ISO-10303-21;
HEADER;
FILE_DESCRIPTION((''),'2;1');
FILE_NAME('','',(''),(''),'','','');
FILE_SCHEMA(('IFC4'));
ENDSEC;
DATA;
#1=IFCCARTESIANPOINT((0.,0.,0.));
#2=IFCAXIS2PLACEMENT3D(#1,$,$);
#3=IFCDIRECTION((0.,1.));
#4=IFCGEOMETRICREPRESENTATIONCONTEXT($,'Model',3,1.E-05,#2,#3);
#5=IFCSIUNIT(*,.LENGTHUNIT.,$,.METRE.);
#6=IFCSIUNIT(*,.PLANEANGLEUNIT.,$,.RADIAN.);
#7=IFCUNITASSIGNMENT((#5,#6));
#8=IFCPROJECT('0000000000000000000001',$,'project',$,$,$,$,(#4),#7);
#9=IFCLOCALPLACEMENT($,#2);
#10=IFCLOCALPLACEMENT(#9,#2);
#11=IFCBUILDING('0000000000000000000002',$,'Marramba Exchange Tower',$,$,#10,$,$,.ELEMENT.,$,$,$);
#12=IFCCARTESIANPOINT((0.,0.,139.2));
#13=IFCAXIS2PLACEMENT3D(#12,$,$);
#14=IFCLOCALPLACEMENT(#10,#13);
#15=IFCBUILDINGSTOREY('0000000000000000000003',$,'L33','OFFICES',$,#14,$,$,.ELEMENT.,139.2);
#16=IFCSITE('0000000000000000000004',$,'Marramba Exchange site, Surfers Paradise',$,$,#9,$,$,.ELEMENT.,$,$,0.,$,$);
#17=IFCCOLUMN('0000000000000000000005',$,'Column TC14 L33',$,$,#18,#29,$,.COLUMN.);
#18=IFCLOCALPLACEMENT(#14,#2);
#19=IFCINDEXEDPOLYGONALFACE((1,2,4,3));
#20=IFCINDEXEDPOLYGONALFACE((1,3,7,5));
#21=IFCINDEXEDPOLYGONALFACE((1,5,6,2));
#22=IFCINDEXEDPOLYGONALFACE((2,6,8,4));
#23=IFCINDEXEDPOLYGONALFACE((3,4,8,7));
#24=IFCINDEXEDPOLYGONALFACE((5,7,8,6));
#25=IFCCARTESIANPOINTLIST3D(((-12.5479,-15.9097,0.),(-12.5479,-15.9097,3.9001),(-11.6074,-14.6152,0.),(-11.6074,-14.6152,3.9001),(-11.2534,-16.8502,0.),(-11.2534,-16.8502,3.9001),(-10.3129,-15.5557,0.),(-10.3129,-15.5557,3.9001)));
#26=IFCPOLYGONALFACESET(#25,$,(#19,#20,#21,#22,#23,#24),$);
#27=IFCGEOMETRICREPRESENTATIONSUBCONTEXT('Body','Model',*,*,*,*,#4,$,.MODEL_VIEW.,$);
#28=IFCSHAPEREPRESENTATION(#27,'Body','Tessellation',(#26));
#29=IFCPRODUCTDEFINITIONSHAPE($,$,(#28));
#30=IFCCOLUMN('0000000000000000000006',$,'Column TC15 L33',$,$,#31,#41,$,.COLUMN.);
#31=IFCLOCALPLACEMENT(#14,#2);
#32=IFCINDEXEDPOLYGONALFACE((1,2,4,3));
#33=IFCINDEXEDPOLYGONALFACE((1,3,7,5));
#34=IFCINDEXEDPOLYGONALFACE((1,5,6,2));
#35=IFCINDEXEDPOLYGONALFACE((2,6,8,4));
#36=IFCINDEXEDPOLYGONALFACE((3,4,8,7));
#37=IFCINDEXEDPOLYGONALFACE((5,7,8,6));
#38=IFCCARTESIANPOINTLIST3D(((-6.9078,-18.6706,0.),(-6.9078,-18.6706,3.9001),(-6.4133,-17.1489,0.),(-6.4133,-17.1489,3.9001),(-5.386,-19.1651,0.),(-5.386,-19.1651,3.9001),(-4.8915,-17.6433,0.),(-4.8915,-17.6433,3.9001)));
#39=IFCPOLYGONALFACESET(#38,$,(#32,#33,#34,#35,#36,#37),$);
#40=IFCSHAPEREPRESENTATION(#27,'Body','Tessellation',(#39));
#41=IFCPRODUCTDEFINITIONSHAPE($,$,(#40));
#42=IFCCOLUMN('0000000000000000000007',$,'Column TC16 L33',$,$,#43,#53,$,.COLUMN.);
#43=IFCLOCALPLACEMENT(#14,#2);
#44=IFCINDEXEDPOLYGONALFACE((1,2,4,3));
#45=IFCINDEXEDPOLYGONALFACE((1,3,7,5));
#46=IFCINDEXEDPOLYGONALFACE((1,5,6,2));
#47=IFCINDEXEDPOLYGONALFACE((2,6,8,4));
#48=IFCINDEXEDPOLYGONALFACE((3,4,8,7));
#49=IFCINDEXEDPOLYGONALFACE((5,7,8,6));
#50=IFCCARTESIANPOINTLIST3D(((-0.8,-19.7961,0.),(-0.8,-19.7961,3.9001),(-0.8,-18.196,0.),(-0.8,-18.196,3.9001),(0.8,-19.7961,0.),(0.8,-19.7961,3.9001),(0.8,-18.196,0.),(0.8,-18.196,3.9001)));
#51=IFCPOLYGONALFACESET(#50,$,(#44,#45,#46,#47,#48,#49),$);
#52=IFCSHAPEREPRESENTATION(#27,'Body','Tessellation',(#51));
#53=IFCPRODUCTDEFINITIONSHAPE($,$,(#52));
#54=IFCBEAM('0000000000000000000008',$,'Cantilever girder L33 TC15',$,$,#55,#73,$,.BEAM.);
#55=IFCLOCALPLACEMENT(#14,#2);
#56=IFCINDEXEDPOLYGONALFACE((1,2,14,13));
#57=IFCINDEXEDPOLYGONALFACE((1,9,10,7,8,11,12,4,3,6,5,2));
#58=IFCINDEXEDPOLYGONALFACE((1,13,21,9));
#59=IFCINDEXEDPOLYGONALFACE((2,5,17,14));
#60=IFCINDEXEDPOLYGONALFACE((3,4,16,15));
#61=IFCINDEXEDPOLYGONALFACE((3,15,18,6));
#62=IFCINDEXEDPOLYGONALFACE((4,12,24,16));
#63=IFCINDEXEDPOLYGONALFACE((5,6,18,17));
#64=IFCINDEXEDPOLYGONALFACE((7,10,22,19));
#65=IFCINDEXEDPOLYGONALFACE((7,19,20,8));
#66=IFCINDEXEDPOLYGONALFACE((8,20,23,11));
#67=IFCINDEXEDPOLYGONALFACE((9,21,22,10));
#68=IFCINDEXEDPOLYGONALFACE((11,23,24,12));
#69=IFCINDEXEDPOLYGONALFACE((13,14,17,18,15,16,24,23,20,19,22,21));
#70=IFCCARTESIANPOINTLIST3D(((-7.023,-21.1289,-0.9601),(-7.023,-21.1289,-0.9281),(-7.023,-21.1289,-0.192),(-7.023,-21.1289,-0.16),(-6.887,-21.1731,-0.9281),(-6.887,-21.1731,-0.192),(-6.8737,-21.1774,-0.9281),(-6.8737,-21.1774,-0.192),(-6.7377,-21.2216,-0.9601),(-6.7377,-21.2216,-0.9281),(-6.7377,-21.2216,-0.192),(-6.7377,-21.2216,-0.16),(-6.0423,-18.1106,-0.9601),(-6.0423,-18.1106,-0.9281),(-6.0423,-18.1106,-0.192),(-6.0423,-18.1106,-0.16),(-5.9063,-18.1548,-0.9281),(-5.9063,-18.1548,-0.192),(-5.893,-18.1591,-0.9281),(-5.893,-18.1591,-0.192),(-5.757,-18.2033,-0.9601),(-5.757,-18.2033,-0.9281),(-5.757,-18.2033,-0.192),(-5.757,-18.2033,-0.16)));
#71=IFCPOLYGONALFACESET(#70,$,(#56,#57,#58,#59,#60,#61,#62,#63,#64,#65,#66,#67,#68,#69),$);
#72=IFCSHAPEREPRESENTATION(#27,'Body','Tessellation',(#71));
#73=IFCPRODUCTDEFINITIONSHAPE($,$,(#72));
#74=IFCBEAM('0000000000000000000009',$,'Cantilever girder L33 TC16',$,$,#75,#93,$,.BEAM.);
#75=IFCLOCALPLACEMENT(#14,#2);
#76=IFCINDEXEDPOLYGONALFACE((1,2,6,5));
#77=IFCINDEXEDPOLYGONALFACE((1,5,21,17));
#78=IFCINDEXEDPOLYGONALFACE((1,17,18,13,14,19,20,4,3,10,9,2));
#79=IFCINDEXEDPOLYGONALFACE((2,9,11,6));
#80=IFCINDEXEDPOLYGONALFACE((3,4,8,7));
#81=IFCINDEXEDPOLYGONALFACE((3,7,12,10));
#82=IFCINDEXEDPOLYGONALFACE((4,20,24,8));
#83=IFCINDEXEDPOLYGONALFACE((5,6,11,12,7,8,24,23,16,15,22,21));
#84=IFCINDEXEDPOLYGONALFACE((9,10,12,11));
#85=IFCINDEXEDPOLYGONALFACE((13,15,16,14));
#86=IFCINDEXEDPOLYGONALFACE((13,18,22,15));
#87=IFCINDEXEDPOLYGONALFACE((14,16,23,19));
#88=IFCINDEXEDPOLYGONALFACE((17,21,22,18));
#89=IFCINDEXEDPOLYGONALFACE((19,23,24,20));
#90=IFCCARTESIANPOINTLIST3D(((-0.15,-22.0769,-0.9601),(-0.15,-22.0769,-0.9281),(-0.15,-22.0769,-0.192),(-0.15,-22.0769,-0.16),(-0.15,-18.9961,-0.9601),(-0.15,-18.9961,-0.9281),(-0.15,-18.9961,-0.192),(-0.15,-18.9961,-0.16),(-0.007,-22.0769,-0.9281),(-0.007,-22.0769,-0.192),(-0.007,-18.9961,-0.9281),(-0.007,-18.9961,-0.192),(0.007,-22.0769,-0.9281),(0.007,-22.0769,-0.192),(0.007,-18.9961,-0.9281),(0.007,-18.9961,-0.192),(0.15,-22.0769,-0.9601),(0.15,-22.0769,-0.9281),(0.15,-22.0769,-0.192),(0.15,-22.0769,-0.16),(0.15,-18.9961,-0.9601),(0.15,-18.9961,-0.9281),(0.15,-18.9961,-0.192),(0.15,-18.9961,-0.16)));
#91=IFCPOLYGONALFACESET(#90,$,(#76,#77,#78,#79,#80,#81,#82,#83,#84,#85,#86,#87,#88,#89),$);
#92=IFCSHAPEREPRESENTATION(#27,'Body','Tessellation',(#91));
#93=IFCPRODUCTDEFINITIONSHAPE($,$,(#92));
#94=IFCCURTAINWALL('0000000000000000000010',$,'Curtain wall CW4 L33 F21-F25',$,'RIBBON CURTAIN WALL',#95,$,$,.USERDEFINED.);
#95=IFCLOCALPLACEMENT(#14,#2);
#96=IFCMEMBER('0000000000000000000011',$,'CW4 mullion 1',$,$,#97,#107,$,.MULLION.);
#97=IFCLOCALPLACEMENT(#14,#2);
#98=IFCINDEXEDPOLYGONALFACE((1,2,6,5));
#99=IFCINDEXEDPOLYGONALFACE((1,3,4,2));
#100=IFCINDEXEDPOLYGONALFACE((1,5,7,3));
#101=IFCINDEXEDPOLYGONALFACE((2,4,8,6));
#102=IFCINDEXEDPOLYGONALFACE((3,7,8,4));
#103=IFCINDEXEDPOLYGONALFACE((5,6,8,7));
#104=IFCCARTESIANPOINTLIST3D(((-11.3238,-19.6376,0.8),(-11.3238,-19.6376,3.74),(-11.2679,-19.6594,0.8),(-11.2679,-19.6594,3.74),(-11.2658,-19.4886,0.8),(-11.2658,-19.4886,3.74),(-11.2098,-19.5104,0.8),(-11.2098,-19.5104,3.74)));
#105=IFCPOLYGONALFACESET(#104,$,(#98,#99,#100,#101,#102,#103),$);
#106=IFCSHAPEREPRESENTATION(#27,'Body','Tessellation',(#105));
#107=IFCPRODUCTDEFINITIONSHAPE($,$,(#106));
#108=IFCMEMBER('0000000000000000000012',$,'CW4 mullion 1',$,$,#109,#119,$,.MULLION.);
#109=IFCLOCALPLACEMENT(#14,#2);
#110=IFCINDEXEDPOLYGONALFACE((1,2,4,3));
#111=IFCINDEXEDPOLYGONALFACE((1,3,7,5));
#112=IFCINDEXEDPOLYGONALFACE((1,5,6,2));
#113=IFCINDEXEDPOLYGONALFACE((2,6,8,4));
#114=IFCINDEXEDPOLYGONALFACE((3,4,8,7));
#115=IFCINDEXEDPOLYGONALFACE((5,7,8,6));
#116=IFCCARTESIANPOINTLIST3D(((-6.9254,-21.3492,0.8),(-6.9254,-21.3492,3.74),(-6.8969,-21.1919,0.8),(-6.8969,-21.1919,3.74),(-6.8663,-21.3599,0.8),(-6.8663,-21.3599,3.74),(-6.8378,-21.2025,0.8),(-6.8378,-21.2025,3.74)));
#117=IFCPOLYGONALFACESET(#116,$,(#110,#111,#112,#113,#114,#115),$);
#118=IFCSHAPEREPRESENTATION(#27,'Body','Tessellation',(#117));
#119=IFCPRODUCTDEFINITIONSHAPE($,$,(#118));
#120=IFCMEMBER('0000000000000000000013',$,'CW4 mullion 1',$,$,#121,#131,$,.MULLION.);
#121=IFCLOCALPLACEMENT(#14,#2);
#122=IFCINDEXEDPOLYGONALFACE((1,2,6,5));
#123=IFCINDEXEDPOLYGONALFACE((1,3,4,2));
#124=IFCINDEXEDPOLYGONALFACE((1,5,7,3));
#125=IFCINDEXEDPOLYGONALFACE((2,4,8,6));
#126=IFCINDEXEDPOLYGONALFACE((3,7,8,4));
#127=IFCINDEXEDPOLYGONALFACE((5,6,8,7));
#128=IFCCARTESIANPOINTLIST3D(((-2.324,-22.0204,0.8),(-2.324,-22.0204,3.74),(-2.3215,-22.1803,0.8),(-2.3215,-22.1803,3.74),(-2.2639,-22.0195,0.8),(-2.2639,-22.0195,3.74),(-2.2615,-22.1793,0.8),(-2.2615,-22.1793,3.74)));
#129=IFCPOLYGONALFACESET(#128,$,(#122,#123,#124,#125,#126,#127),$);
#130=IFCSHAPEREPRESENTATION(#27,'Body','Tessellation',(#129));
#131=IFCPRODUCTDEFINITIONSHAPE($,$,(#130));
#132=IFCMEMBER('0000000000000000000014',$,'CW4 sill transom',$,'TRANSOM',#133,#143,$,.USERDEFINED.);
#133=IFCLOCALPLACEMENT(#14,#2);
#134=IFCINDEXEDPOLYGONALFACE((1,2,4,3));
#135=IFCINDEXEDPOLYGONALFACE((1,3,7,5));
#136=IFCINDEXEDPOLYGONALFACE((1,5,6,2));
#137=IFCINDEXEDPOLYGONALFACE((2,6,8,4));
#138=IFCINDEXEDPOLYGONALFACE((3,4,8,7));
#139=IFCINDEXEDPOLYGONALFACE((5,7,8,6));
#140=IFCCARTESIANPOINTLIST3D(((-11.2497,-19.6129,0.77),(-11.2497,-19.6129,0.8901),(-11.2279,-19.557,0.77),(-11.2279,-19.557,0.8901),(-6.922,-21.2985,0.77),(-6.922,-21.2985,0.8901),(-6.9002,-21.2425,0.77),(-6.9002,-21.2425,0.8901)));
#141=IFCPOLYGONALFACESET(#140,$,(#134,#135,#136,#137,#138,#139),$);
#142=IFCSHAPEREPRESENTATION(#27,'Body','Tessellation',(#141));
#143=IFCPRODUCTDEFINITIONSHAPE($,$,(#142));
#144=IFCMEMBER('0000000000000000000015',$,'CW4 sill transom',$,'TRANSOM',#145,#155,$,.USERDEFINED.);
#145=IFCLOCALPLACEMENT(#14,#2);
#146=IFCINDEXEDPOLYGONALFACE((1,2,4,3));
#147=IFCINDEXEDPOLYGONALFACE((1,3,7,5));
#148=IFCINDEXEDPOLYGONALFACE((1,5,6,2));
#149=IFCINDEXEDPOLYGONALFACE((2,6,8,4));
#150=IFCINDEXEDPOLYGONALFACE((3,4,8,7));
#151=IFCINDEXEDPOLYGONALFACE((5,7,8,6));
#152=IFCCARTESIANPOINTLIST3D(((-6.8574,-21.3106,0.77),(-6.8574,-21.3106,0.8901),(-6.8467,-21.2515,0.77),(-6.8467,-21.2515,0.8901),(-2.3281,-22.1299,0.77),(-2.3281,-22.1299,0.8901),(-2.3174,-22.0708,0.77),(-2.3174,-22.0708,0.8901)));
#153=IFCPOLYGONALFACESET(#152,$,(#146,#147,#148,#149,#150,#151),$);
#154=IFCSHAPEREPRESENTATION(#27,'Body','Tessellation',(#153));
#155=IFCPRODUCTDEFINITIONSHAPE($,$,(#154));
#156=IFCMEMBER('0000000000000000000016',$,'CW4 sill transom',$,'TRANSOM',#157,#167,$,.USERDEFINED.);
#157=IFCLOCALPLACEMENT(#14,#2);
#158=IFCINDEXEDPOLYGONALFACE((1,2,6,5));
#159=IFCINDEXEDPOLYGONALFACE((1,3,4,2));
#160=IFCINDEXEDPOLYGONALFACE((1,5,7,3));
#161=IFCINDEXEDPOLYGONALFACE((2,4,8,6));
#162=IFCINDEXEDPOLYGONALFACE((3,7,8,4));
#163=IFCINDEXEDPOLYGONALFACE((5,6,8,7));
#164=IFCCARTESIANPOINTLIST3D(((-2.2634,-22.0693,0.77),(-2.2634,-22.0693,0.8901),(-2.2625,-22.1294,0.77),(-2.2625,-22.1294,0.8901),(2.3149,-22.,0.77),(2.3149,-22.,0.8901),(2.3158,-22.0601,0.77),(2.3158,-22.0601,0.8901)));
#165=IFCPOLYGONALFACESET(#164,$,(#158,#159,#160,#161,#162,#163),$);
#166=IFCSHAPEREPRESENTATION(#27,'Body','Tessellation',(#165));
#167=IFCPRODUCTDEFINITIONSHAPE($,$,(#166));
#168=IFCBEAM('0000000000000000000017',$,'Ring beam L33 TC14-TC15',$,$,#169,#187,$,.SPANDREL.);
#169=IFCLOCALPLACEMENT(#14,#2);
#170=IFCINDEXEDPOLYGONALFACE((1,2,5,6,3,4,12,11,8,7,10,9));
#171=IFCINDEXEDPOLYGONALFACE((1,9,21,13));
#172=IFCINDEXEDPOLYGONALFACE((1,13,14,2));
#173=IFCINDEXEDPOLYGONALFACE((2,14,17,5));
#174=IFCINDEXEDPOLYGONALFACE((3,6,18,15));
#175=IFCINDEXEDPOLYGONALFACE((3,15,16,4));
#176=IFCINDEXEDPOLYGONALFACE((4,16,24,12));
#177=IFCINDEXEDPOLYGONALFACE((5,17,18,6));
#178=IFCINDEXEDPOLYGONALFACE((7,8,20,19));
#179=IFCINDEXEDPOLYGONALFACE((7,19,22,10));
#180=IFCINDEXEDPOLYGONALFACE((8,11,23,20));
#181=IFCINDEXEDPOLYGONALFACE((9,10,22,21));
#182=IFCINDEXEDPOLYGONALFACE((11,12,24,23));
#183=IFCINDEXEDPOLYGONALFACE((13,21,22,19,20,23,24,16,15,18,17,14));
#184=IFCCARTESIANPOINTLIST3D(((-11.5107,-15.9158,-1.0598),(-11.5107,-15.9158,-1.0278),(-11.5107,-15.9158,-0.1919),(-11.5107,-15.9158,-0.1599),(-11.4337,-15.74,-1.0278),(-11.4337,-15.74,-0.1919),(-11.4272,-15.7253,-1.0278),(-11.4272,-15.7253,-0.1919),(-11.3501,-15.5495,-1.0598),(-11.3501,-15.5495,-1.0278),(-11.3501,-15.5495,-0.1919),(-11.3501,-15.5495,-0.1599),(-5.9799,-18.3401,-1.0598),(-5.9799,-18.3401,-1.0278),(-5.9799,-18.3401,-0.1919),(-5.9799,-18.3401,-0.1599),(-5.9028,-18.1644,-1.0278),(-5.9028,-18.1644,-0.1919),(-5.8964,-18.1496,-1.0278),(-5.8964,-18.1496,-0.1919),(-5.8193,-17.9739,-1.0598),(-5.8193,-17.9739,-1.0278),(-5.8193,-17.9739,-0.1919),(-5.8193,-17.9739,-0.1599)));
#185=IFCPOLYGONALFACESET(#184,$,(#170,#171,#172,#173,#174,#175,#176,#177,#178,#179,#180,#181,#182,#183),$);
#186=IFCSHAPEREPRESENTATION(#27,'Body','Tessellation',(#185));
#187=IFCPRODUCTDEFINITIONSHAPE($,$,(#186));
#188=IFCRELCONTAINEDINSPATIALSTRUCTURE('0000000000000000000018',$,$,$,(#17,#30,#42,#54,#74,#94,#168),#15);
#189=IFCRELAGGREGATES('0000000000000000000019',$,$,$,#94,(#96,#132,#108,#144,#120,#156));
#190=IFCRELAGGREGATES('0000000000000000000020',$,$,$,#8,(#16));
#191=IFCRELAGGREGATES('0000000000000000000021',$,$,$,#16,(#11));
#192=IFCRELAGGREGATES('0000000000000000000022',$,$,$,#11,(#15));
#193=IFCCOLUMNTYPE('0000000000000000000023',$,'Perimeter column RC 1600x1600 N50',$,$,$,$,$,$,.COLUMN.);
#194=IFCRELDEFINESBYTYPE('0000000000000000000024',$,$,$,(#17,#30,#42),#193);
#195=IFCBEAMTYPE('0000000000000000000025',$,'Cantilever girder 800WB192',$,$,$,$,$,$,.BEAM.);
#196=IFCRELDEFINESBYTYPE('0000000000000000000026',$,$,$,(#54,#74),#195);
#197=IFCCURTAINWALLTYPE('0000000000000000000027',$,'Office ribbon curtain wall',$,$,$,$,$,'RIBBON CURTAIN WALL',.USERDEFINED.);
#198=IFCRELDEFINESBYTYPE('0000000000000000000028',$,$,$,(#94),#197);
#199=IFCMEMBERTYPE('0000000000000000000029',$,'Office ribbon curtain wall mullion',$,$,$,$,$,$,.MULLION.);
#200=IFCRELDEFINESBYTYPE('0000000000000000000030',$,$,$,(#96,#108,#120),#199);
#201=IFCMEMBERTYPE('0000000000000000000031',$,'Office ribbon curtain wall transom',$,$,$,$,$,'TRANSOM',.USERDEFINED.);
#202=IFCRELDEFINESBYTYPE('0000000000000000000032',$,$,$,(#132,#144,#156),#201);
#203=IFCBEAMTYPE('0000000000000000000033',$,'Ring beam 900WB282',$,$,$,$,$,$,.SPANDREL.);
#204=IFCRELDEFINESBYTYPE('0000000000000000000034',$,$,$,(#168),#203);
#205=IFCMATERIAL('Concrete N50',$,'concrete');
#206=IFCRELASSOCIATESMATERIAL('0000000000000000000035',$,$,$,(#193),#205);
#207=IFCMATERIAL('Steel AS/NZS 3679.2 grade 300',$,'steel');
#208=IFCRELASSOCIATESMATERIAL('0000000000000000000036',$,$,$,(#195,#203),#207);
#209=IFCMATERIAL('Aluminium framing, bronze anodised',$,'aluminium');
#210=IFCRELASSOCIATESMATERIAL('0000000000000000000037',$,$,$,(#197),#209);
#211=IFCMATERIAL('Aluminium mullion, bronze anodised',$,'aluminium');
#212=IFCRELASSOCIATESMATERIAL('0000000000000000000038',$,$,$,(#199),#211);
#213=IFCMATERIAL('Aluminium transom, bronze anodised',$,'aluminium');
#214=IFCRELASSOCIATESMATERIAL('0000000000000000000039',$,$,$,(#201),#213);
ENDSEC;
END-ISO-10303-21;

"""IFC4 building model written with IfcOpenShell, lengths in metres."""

from ifc_helpers import new_model, si_unit, direction, frame, origin, origin_2d, place, context, subcontext, project, spatial, rectangle, i_section, extrude, material, material_profile, profile_set, type_object, element, aggregate, save


model = new_model("IFC4")

# Units and contexts
model_context = context("Model", 3, precision=1e-05, world=origin(), true_north=direction((0.0, 1.0)))
body_context = subcontext(model_context, "Body", "Model", "MODEL_VIEW")
ifc_project = project(units=[si_unit("LENGTHUNIT", "METRE"), si_unit("PLANEANGLEUNIT", "RADIAN")], contexts=[model_context])

# Site, building, storey
site_placement = place(None, origin())
site = spatial("IfcSite", under=ifc_project, at=site_placement, Name="Marramba Exchange site, Surfers Paradise", CompositionType="ELEMENT", RefElevation=0.0)
building_placement = place(site_placement, origin())
building = spatial("IfcBuilding", under=site, at=building_placement, Name="Marramba Exchange Tower", CompositionType="ELEMENT")
storey_placement = place(building_placement, frame((0.0, 0.0, 139.2)))
storey = spatial("IfcBuildingStorey", under=building, at=storey_placement, Name="L33", Description="OFFICES", CompositionType="ELEMENT", Elevation=139.2)

# Columns
ifc_material_1 = material(Name="Concrete N50", Category="concrete")
ifc_material_profile_1 = material_profile(ifc_material_1, rectangle(XDim=1.6001, YDim=1.6001, at=origin_2d()), Name="RC 1600x1600")
ifc_profile_set_1 = profile_set([ifc_material_profile_1], Name="Concrete N50")
column_type = type_object("IfcColumnType", Name="Perimeter column RC 1600x1600 N50", PredefinedType="COLUMN", material=ifc_profile_set_1)
for number, where, z_axis, x_axis, name in (
    (1, (-11.4304, -15.7327, 0.0), (0.0, 0.0, 1.0), (-0.587785, -0.809017, 0.0), "Column TC14 L33"),
    (2, (-5.8997, -18.157, 0.0), (0.0, 0.0, 1.0), (-0.309017, -0.951057, 0.0), "Column TC15 L33"),
    (3, (0.0, -18.9961, 0.0), (0.0, 0.0, 1.0), (0.0, -1.0, 0.0), "Column TC16 L33"),
):
    element("IfcColumn", number, at=place(storey_placement, frame(where, z_axis=z_axis, x_axis=x_axis)), inside=storey, type_object=column_type, Name=name, PredefinedType="COLUMN", context=body_context, shape_type="SweptSolid", body=[
        extrude(rectangle(XDim=1.6001, YDim=1.6001, at=origin_2d()), origin(), (0.0, 0.0, 1.0), 3.9001),
    ])

# Beams
ifc_material_2 = material(Name="Steel AS/NZS 3679.2 grade 300", Category="steel")
ifc_material_profile_2 = material_profile(ifc_material_2, i_section(OverallWidth=0.3, OverallDepth=0.8, WebThickness=0.0139, FlangeThickness=0.032, at=origin_2d()), Name="800WB192")
ifc_profile_set_2 = profile_set([ifc_material_profile_2], Name="Steel AS/NZS 3679.2 grade 300")
beam_type_1 = type_object("IfcBeamType", Name="Cantilever girder 800WB192", PredefinedType="BEAM", material=ifc_profile_set_2)
beam_1_placement = place(storey_placement, frame((-5.8997, -18.157, -0.5601), z_axis=(-0.309018, -0.951056, 0.0), x_axis=(0.951056, -0.309018, 0.0)))
element("IfcBeam", 4, at=beam_1_placement, inside=storey, type_object=beam_type_1, Name="Cantilever girder L33 TC15", PredefinedType="BEAM", context=body_context, shape_type="SweptSolid", body=[
    extrude(i_section(OverallWidth=0.3, OverallDepth=0.8, WebThickness=0.0139, FlangeThickness=0.032, at=origin_2d()), origin(), (0.0, 0.0, 1.0), 3.1736),
])
beam_2_placement = place(storey_placement, frame((0.0, -18.9961, -0.5601), z_axis=(0.0, -1.0, 0.0), x_axis=(1.0, 0.0, 0.0)))
element("IfcBeam", 5, at=beam_2_placement, inside=storey, type_object=beam_type_1, Name="Cantilever girder L33 TC16", PredefinedType="BEAM", context=body_context, shape_type="SweptSolid", body=[
    extrude(i_section(OverallWidth=0.3, OverallDepth=0.8, WebThickness=0.0139, FlangeThickness=0.032, at=origin_2d()), origin(), (0.0, 0.0, 1.0), 3.0808),
])

# Curtain wall, members
ifc_material_3 = material(Name="Aluminium framing, bronze anodised", Category="aluminium")
curtain_wall_type = type_object("IfcCurtainWallType", Name="Office ribbon curtain wall", ElementType="RIBBON CURTAIN WALL", PredefinedType="USERDEFINED", material=ifc_material_3)
curtain_wall_placement = place(storey_placement, origin())
curtain_wall = element("IfcCurtainWall", 6, at=curtain_wall_placement, inside=storey, type_object=curtain_wall_type, Name="Curtain wall CW4 L33 F21-F25", ObjectType="RIBBON CURTAIN WALL", PredefinedType="USERDEFINED")
ifc_material_4 = material(Name="Aluminium mullion, bronze anodised", Category="aluminium")
ifc_material_profile_3 = material_profile(ifc_material_4, rectangle(XDim=0.1599, YDim=0.0601, at=origin_2d()), Name="CW4 mullion 60x160")
ifc_profile_set_3 = profile_set([ifc_material_profile_3], Name="Aluminium mullion, bronze anodised")
member_type_1 = type_object("IfcMemberType", Name="Office ribbon curtain wall mullion", PredefinedType="MULLION", material=ifc_profile_set_3)
member_1_placement = place(storey_placement, frame((-11.2668, -19.574, 0.8), z_axis=(0.0, 0.0, 1.0), x_axis=(0.362925, 0.931818, 0.0)))
member_1 = element("IfcMember", 7, at=member_1_placement, type_object=member_type_1, Name="CW4 mullion 1", PredefinedType="MULLION", context=body_context, shape_type="SweptSolid", body=[
    extrude(rectangle(XDim=0.1599, YDim=0.0601, at=origin_2d()), origin(), (0.0, 0.0, 1.0), 2.9399),
])
member_2_placement = place(storey_placement, frame((-6.8816, -21.2759, 0.8), z_axis=(0.0, 0.0, 1.0), x_axis=(0.177992, 0.984032, 0.0)))
member_2 = element("IfcMember", 8, at=member_2_placement, type_object=member_type_1, Name="CW4 mullion 1", PredefinedType="MULLION", context=body_context, shape_type="SweptSolid", body=[
    extrude(rectangle(XDim=0.1599, YDim=0.0601, at=origin_2d()), origin(), (0.0, 0.0, 1.0), 2.9399),
])
member_3_placement = place(storey_placement, frame((-2.2927, -22.0999, 0.8), z_axis=(0.0, 0.0, 1.0), x_axis=(-0.015179, 0.999885, 0.0)))
member_3 = element("IfcMember", 9, at=member_3_placement, type_object=member_type_1, Name="CW4 mullion 1", PredefinedType="MULLION", context=body_context, shape_type="SweptSolid", body=[
    extrude(rectangle(XDim=0.1599, YDim=0.0601, at=origin_2d()), origin(), (0.0, 0.0, 1.0), 2.9399),
])
ifc_material_5 = material(Name="Aluminium transom, bronze anodised", Category="aluminium")
ifc_material_profile_4 = material_profile(ifc_material_5, rectangle(XDim=0.0601, YDim=0.1201, at=origin_2d()), Name="CW4 transom 60x120")
ifc_profile_set_4 = profile_set([ifc_material_profile_4], Name="Aluminium transom, bronze anodised")
member_type_2 = type_object("IfcMemberType", Name="Office ribbon curtain wall transom", ElementType="TRANSOM", PredefinedType="USERDEFINED", material=ifc_profile_set_4)
member_4_placement = place(storey_placement, frame((-11.2388, -19.585, 0.8301), z_axis=(0.931817, -0.362928, 0.0), x_axis=(0.362928, 0.931817, 0.0)))
member_4 = element("IfcMember", 10, at=member_4_placement, type_object=member_type_2, Name="CW4 sill transom", ObjectType="TRANSOM", PredefinedType="USERDEFINED", context=body_context, shape_type="SweptSolid", body=[
    extrude(rectangle(XDim=0.0601, YDim=0.1201, at=origin_2d()), origin(), (0.0, 0.0, 1.0), 4.6443),
])
member_5_placement = place(storey_placement, frame((-6.8521, -21.281, 0.8301), z_axis=(0.984029, -0.178008, 0.0), x_axis=(0.178008, 0.984029, 0.0)))
member_5 = element("IfcMember", 11, at=member_5_placement, type_object=member_type_2, Name="CW4 sill transom", ObjectType="TRANSOM", PredefinedType="USERDEFINED", context=body_context, shape_type="SweptSolid", body=[
    extrude(rectangle(XDim=0.0601, YDim=0.1201, at=origin_2d()), origin(), (0.0, 0.0, 1.0), 4.6028),
])
member_6_placement = place(storey_placement, frame((-2.2629, -22.0994, 0.8301), z_axis=(0.999885, 0.015143, 0.0), x_axis=(-0.015143, 0.999885, 0.0)))
member_6 = element("IfcMember", 12, at=member_6_placement, type_object=member_type_2, Name="CW4 sill transom", ObjectType="TRANSOM", PredefinedType="USERDEFINED", context=body_context, shape_type="SweptSolid", body=[
    extrude(rectangle(XDim=0.0601, YDim=0.1201, at=origin_2d()), origin(), (0.0, 0.0, 1.0), 4.5789),
])

# Beam
ifc_material_profile_5 = material_profile(ifc_material_2, i_section(OverallWidth=0.3999, OverallDepth=0.8999, WebThickness=0.0161, FlangeThickness=0.032, at=origin_2d()), Name="900WB282")
ifc_profile_set_5 = profile_set([ifc_material_profile_5], Name="Steel AS/NZS 3679.2 grade 300")
beam_type_2 = type_object("IfcBeamType", Name="Ring beam 900WB282", PredefinedType="SPANDREL", material=ifc_profile_set_5)
beam_3_placement = place(storey_placement, frame((-11.4304, -15.7327, -0.6099), z_axis=(0.915877, -0.401459, 0.0), x_axis=(0.401459, 0.915877, 0.0)))
element("IfcBeam", 13, at=beam_3_placement, inside=storey, type_object=beam_type_2, Name="Ring beam L33 TC14-TC15", PredefinedType="SPANDREL", context=body_context, shape_type="SweptSolid", body=[
    extrude(i_section(OverallWidth=0.3999, OverallDepth=0.8999, WebThickness=0.0161, FlangeThickness=0.032, at=origin_2d()), origin(), (0.0, 0.0, 1.0), 6.0388),
])

aggregate(curtain_wall, [member_1, member_4, member_2, member_5, member_3, member_6])

save(model, "model.ifc")
